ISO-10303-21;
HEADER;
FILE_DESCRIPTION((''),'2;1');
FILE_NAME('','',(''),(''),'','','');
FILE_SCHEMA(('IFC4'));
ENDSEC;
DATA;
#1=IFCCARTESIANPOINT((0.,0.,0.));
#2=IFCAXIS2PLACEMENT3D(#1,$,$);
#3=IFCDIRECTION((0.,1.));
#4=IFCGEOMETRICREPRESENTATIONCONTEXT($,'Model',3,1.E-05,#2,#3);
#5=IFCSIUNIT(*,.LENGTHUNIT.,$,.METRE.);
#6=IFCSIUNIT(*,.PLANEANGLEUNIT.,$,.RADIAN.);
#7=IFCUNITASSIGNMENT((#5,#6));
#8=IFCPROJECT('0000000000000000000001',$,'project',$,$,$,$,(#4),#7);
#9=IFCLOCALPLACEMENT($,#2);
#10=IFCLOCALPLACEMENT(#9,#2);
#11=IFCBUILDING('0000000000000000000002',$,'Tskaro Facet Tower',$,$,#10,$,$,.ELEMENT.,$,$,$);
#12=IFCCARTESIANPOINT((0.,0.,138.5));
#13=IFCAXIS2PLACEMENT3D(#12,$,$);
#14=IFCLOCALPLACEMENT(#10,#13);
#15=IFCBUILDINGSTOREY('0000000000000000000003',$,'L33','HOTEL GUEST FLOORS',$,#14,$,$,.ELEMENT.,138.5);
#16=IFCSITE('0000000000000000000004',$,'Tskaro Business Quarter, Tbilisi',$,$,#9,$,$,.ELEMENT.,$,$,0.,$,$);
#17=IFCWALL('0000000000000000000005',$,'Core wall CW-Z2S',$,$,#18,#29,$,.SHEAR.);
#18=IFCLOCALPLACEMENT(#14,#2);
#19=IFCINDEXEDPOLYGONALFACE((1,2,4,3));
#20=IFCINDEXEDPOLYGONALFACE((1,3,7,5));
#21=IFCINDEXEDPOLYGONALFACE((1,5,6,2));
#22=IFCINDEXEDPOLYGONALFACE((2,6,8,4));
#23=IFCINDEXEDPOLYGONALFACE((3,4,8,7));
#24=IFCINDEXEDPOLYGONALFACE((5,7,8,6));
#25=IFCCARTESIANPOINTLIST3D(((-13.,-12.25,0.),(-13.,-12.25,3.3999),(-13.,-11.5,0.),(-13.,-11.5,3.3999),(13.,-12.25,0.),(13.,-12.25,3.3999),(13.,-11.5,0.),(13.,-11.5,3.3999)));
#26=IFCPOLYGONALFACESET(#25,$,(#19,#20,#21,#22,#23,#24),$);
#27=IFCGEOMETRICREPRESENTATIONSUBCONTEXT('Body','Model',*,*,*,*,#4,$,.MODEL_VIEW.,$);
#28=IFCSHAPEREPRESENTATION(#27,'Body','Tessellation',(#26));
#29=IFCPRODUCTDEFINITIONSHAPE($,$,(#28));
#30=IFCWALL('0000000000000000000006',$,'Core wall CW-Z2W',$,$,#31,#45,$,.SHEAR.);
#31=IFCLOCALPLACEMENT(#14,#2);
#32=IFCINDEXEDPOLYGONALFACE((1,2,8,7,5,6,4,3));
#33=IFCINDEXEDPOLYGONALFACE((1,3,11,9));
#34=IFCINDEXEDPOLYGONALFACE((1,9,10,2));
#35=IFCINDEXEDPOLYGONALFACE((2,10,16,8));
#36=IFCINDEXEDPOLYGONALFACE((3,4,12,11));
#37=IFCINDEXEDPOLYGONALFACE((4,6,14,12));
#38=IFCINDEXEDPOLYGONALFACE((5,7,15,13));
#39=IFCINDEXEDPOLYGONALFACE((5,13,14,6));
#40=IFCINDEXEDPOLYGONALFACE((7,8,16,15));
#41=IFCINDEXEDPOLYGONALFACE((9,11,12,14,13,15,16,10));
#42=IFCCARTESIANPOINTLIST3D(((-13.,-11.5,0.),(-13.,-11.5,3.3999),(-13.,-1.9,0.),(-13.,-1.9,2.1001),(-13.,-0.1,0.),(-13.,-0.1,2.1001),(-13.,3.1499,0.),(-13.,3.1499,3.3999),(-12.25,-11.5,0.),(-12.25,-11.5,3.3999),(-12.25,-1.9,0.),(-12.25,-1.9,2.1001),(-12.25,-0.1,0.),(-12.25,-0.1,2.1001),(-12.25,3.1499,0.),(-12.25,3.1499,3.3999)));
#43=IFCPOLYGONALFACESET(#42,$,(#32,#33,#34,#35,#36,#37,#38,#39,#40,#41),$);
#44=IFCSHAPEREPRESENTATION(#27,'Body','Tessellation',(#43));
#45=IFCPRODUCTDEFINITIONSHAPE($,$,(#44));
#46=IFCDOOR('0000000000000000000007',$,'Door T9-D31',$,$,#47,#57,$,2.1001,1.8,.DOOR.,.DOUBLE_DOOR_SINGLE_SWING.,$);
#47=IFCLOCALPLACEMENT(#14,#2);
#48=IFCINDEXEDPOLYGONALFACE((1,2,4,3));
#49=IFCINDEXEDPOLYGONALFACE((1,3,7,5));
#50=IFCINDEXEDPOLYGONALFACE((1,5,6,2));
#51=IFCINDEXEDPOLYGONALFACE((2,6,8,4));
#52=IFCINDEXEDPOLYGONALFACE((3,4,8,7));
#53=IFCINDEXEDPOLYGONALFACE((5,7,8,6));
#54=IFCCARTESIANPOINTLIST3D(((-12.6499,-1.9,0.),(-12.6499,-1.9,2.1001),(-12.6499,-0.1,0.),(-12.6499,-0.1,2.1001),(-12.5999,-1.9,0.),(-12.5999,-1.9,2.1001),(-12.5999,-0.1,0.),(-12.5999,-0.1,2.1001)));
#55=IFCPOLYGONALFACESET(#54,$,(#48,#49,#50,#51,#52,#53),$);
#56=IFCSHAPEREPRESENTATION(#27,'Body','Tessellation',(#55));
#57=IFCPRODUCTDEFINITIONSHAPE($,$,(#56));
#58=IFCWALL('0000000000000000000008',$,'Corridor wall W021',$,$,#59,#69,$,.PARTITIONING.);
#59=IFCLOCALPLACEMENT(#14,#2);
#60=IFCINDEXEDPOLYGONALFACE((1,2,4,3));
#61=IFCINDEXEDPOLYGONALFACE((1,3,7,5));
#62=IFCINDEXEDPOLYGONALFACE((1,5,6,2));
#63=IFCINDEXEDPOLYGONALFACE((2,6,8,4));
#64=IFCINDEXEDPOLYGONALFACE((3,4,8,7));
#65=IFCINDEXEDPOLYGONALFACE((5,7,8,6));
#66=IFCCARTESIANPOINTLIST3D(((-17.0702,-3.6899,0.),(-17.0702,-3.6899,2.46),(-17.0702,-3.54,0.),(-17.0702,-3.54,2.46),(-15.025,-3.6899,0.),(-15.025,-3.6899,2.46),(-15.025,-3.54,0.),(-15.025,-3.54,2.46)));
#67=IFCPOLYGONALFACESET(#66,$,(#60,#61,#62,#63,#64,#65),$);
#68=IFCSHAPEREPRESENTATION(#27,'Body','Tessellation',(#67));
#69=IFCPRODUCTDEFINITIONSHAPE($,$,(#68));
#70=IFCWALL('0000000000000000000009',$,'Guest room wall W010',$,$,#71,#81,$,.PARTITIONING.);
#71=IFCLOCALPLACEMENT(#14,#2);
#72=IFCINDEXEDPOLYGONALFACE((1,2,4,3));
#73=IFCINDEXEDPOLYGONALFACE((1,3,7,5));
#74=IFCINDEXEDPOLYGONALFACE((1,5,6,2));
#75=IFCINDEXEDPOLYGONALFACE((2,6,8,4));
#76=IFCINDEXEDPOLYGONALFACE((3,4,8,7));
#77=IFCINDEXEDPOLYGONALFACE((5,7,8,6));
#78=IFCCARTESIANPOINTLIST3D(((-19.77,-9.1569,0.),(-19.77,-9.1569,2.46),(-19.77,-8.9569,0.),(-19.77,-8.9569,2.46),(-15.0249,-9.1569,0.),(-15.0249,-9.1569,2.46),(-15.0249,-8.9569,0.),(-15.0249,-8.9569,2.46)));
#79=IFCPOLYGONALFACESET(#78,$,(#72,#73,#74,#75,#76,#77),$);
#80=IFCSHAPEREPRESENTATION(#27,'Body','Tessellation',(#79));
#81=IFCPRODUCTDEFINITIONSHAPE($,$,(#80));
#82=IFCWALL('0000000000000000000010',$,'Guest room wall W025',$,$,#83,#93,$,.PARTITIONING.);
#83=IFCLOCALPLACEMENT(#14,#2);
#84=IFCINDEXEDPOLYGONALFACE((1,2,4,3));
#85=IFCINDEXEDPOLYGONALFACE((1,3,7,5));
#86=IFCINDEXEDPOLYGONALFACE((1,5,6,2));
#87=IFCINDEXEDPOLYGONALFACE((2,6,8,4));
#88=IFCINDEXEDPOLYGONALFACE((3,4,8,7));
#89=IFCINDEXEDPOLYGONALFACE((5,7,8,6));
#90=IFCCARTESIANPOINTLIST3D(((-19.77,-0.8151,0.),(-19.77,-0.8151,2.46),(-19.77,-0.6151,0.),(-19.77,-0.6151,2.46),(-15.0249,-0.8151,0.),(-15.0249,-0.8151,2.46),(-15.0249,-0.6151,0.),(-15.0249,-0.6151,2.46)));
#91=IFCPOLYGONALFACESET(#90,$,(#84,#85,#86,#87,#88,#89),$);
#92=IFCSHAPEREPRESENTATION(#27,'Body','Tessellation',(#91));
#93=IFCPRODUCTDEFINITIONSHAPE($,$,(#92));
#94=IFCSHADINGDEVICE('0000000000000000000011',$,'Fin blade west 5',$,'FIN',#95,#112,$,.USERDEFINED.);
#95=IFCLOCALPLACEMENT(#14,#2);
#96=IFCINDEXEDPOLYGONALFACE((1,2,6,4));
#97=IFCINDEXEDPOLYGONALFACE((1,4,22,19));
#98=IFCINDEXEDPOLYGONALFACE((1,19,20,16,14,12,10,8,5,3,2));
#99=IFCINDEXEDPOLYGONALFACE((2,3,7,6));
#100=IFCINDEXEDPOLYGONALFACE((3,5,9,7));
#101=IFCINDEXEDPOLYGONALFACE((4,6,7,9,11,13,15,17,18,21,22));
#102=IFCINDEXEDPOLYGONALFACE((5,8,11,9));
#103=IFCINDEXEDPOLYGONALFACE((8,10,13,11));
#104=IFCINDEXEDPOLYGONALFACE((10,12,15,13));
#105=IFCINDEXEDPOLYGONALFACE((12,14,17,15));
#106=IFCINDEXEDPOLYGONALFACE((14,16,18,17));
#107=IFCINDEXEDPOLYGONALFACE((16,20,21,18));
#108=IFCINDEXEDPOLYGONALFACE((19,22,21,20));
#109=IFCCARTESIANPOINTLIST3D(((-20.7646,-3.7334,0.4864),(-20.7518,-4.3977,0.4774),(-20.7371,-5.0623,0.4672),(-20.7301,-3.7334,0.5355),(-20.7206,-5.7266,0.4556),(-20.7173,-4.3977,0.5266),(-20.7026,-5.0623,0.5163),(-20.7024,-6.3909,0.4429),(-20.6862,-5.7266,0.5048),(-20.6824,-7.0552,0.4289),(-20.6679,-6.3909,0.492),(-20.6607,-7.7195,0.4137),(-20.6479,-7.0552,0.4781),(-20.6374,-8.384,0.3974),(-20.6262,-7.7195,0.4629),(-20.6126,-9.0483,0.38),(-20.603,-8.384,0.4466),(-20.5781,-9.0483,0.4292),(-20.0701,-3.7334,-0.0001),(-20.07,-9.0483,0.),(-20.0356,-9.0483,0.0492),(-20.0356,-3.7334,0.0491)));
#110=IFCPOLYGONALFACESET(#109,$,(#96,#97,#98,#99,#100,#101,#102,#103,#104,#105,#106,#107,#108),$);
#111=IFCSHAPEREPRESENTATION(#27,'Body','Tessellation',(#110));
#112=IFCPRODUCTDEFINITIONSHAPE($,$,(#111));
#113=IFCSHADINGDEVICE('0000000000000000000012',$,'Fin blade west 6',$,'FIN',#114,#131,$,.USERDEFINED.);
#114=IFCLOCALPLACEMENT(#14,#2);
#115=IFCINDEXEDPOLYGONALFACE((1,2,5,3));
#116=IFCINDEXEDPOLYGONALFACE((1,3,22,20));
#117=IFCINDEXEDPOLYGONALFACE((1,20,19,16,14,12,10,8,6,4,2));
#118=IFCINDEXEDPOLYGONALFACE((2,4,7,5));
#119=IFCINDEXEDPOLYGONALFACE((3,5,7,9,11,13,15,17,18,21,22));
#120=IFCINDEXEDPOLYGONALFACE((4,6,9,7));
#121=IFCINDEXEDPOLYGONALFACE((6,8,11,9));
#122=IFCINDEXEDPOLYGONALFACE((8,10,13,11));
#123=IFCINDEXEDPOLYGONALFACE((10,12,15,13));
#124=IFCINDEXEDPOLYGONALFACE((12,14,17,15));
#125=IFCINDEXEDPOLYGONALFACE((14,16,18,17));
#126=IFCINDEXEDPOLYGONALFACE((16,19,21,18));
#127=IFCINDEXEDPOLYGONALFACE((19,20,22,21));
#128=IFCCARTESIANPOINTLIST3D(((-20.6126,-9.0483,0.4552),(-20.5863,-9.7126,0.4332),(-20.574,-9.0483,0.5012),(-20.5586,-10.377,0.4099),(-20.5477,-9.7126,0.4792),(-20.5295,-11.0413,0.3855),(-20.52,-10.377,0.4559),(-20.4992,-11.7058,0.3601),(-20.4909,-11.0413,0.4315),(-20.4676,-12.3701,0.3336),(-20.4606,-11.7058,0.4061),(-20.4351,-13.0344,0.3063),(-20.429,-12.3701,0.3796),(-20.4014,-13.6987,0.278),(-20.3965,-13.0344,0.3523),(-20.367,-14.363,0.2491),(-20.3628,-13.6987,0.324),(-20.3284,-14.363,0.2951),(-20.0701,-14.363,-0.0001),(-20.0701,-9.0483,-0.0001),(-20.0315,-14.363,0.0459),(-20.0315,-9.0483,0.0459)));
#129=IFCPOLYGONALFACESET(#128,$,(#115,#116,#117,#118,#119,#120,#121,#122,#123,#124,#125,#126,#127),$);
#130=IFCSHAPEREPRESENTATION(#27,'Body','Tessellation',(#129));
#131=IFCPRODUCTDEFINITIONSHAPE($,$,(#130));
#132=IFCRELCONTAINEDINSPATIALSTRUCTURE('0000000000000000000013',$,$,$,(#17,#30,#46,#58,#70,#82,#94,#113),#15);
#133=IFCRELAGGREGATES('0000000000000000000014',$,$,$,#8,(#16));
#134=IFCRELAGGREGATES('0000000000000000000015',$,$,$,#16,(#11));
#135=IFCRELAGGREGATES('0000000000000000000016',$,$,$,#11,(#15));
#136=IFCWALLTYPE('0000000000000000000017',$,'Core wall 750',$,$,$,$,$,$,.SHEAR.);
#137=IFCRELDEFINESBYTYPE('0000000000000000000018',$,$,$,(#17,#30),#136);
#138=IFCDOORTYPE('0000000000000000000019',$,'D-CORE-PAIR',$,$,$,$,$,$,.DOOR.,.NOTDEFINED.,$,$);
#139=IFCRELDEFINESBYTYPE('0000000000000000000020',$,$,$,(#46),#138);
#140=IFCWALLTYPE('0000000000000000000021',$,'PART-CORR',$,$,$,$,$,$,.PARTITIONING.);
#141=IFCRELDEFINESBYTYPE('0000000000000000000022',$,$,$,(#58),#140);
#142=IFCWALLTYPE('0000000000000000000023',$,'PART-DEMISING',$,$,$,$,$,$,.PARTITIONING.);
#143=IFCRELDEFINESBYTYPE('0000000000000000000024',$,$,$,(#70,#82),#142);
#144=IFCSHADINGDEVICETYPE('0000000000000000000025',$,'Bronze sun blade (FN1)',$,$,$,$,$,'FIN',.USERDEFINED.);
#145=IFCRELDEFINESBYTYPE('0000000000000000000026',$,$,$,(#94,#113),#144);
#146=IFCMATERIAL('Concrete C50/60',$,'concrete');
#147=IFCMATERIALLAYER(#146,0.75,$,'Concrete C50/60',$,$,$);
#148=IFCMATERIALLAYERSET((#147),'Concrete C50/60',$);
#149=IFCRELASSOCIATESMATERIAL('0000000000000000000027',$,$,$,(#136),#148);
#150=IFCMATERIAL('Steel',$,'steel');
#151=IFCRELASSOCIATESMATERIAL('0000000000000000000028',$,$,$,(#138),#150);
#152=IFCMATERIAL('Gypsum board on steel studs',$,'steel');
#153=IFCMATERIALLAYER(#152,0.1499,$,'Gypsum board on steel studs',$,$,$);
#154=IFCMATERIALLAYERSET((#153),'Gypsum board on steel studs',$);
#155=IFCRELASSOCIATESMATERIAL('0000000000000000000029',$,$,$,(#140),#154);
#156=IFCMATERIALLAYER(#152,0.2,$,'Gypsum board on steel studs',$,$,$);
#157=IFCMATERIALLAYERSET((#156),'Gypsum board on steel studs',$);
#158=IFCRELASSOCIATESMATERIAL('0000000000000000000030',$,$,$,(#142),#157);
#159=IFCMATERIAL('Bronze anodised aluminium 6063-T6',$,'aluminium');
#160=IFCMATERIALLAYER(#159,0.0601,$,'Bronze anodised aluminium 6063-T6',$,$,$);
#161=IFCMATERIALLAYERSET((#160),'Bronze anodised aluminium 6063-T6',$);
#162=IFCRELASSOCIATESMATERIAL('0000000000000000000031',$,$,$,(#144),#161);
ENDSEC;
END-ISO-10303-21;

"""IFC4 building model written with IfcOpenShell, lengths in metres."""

from ifc_helpers import new_model, si_unit, direction, frame, frame_2d, origin, place, context, subcontext, project, spatial, polyline, rectangle, outline, extrude, material, layer, layer_set, type_object, element, fill, save


model = new_model("IFC4")

# Units and contexts
model_context = context("Model", 3, precision=1e-05, world=origin(), true_north=direction((0.0, 1.0)))
body_context = subcontext(model_context, "Body", "Model", "MODEL_VIEW")
ifc_project = project(units=[si_unit("LENGTHUNIT", "METRE"), si_unit("PLANEANGLEUNIT", "RADIAN")], contexts=[model_context])

# Site, building, storey
site_placement = place(None, origin())
site = spatial("IfcSite", under=ifc_project, at=site_placement, Name="Tskaro Business Quarter, Tbilisi", CompositionType="ELEMENT", RefElevation=0.0)
building_placement = place(site_placement, origin())
building = spatial("IfcBuilding", under=site, at=building_placement, Name="Tskaro Facet Tower", CompositionType="ELEMENT")
storey_placement = place(building_placement, frame((0.0, 0.0, 138.5)))
storey = spatial("IfcBuildingStorey", under=building, at=storey_placement, Name="L33", Description="HOTEL GUEST FLOORS", CompositionType="ELEMENT", Elevation=138.5)

# Shared definitions
ifc_material_1 = material(Name="Bronze anodised aluminium 6063-T6", Category="aluminium")

# Wall
ifc_material_2 = material(Name="Concrete C50/60", Category="concrete")
ifc_layer_1 = layer(ifc_material_2, 0.75, Name="Concrete C50/60")
ifc_layer_set_1 = layer_set([ifc_layer_1], Name="Concrete C50/60")
wall_type_1 = type_object("IfcWallType", Name="Core wall 750", PredefinedType="SHEAR", material=ifc_layer_set_1)
wall_1_placement = place(storey_placement, frame((-13.0, -11.875, 0.0), z_axis=(0.0, 0.0, 1.0), x_axis=(1.0, 0.0, 0.0)))
element("IfcWall", 1, at=wall_1_placement, inside=storey, type_object=wall_type_1, Name="Core wall CW-Z2S", PredefinedType="SHEAR", context=body_context, shape_type="SweptSolid", body=[
    extrude(rectangle(XDim=26.0, YDim=0.75, at=frame_2d((13.0, 0.0))), origin(), (0.0, 0.0, 1.0), 3.3999),
])

# Wall, opening, door
wall_2_placement = place(storey_placement, frame((-12.625, -11.5, 0.0), z_axis=(0.0, 0.0, 1.0), x_axis=(0.0, 1.0, 0.0)))
wall_2 = element("IfcWall", 2, at=wall_2_placement, inside=storey, type_object=wall_type_1, Name="Core wall CW-Z2W", PredefinedType="SHEAR", context=body_context, shape_type="SweptSolid", body=[
    extrude(rectangle(XDim=14.6499, YDim=0.75, at=frame_2d((7.325, 0.0))), origin(), (0.0, 0.0, 1.0), 3.3999),
])
opening_1_placement = place(wall_2_placement, frame((9.6001, 0.0, 0.0)))
opening_1 = element("IfcOpeningElement", 3, at=opening_1_placement, cuts=wall_2, PredefinedType="OPENING", context=body_context, shape_type="SweptSolid", body=[
    extrude(rectangle(XDim=1.8, YDim=2.1001, at=frame_2d((0.8999, 1.05))), frame((0.0, 0.385, 0.0), z_axis=(0.0, -1.0, 0.0), x_axis=(1.0, 0.0, 0.0)), (0.0, 0.0, 1.0), 0.77),
])
ifc_material_3 = material(Name="Steel", Category="steel")
door_type_1 = type_object("IfcDoorType", Name="D-CORE-PAIR", OperationType="NOTDEFINED", PredefinedType="DOOR", material=ifc_material_3)
door_1_placement = place(opening_1_placement, origin())
door_1 = element("IfcDoor", 4, at=door_1_placement, inside=storey, type_object=door_type_1, Name="Door T9-D31", OperationType="DOUBLE_DOOR_SINGLE_SWING", OverallHeight=2.1001, OverallWidth=1.8, PredefinedType="DOOR", context=body_context, shape_type="SweptSolid", body=[
    extrude(rectangle(XDim=1.8, YDim=2.1001, at=frame_2d((0.8999, 1.05))), frame((0.0, 0.0249, 0.0), z_axis=(0.0, -1.0, 0.0), x_axis=(1.0, 0.0, 0.0)), (0.0, 0.0, 1.0), 0.05),
])
fill(opening_1, door_1)

# Walls
ifc_material_4 = material(Name="Gypsum board on steel studs", Category="steel")
ifc_layer_2 = layer(ifc_material_4, 0.1499, Name="Gypsum board on steel studs")
ifc_layer_set_2 = layer_set([ifc_layer_2], Name="Gypsum board on steel studs")
wall_type_2 = type_object("IfcWallType", Name="PART-CORR", PredefinedType="PARTITIONING", material=ifc_layer_set_2)
wall_3_placement = place(storey_placement, frame((-17.0701, -3.615, 0.0), z_axis=(0.0, 0.0, 1.0), x_axis=(1.0, 0.0, 0.0)))
element("IfcWall", 5, at=wall_3_placement, inside=storey, type_object=wall_type_2, Name="Corridor wall W021", PredefinedType="PARTITIONING", context=body_context, shape_type="SweptSolid", body=[
    extrude(rectangle(XDim=2.0452, YDim=0.1499, at=frame_2d((1.0225, 0.0))), origin(), (0.0, 0.0, 1.0), 2.46),
])
ifc_layer_3 = layer(ifc_material_4, 0.2, Name="Gypsum board on steel studs")
ifc_layer_set_3 = layer_set([ifc_layer_3], Name="Gypsum board on steel studs")
wall_type_3 = type_object("IfcWallType", Name="PART-DEMISING", PredefinedType="PARTITIONING", material=ifc_layer_set_3)
for number, where, z_axis, x_axis, name in (
    (6, (-19.77, -9.0569, 0.0), (0.0, 0.0, 1.0), (1.0, 0.0, 0.0), "Guest room wall W010"),
    (7, (-19.77, -0.7151, 0.0), (0.0, 0.0, 1.0), (1.0, 0.0, 0.0), "Guest room wall W025"),
):
    element("IfcWall", number, at=place(storey_placement, frame(where, z_axis=z_axis, x_axis=x_axis)), inside=storey, type_object=wall_type_3, Name=name, PredefinedType="PARTITIONING", context=body_context, shape_type="SweptSolid", body=[
        extrude(rectangle(XDim=4.7451, YDim=0.2, at=frame_2d((2.3726, 0.0))), origin(), (0.0, 0.0, 1.0), 2.46),
    ])

# Shading devices
ifc_layer_4 = layer(ifc_material_1, 0.0601, Name="Bronze anodised aluminium 6063-T6")
ifc_layer_set_4 = layer_set([ifc_layer_4], Name="Bronze anodised aluminium 6063-T6")
shading_device_type = type_object("IfcShadingDeviceType", Name="Bronze sun blade (FN1)", ElementType="FIN", PredefinedType="USERDEFINED", material=ifc_layer_set_4)
shading_device_1_placement = place(storey_placement, frame((-20.0356, -3.7334, 0.0491), z_axis=(0.573731, 0.000027, 0.819044), x_axis=(0.000016, -1.0, 0.000022)))
element("IfcShadingDevice", 8, at=shading_device_1_placement, inside=storey, type_object=shading_device_type, Name="Fin blade west 5", ObjectType="FIN", PredefinedType="USERDEFINED", context=body_context, shape_type="SweptSolid", body=[
    extrude(outline(polyline([(0.0, 0.0), (5.3149, 0.0), (5.3149, -0.6624), (4.6506, -0.6927), (3.9861, -0.7211), (3.3218, -0.7476), (2.6575, -0.772), (1.9932, -0.7943), (1.3289, -0.8144), (0.6643, -0.8323), (0.0, -0.8479), (0.0, 0.0)])), origin(), (0.0, 0.0, -1.0), 0.0601),
])
shading_device_2_placement = place(storey_placement, frame((-20.0315, -9.0483, 0.0459), z_axis=(0.642891, 0.000004, 0.765958), x_axis=(0.000003, -1.0, 0.000003)))
element("IfcShadingDevice", 9, at=shading_device_2_placement, inside=storey, type_object=shading_device_type, Name="Fin blade west 6", ObjectType="FIN", PredefinedType="USERDEFINED", context=body_context, shape_type="SweptSolid", body=[
    extrude(outline(polyline([(0.0, 0.0), (5.3147, 0.0), (5.3147, -0.3876), (4.6504, -0.4325), (3.9861, -0.4765), (3.3218, -0.519), (2.6575, -0.5603), (1.9929, -0.5998), (1.3286, -0.6377), (0.6643, -0.6739), (0.0, -0.7082), (0.0, 0.0)])), origin(), (0.0, 0.0, -1.0), 0.0601),
])

save(model, "model.ifc")
